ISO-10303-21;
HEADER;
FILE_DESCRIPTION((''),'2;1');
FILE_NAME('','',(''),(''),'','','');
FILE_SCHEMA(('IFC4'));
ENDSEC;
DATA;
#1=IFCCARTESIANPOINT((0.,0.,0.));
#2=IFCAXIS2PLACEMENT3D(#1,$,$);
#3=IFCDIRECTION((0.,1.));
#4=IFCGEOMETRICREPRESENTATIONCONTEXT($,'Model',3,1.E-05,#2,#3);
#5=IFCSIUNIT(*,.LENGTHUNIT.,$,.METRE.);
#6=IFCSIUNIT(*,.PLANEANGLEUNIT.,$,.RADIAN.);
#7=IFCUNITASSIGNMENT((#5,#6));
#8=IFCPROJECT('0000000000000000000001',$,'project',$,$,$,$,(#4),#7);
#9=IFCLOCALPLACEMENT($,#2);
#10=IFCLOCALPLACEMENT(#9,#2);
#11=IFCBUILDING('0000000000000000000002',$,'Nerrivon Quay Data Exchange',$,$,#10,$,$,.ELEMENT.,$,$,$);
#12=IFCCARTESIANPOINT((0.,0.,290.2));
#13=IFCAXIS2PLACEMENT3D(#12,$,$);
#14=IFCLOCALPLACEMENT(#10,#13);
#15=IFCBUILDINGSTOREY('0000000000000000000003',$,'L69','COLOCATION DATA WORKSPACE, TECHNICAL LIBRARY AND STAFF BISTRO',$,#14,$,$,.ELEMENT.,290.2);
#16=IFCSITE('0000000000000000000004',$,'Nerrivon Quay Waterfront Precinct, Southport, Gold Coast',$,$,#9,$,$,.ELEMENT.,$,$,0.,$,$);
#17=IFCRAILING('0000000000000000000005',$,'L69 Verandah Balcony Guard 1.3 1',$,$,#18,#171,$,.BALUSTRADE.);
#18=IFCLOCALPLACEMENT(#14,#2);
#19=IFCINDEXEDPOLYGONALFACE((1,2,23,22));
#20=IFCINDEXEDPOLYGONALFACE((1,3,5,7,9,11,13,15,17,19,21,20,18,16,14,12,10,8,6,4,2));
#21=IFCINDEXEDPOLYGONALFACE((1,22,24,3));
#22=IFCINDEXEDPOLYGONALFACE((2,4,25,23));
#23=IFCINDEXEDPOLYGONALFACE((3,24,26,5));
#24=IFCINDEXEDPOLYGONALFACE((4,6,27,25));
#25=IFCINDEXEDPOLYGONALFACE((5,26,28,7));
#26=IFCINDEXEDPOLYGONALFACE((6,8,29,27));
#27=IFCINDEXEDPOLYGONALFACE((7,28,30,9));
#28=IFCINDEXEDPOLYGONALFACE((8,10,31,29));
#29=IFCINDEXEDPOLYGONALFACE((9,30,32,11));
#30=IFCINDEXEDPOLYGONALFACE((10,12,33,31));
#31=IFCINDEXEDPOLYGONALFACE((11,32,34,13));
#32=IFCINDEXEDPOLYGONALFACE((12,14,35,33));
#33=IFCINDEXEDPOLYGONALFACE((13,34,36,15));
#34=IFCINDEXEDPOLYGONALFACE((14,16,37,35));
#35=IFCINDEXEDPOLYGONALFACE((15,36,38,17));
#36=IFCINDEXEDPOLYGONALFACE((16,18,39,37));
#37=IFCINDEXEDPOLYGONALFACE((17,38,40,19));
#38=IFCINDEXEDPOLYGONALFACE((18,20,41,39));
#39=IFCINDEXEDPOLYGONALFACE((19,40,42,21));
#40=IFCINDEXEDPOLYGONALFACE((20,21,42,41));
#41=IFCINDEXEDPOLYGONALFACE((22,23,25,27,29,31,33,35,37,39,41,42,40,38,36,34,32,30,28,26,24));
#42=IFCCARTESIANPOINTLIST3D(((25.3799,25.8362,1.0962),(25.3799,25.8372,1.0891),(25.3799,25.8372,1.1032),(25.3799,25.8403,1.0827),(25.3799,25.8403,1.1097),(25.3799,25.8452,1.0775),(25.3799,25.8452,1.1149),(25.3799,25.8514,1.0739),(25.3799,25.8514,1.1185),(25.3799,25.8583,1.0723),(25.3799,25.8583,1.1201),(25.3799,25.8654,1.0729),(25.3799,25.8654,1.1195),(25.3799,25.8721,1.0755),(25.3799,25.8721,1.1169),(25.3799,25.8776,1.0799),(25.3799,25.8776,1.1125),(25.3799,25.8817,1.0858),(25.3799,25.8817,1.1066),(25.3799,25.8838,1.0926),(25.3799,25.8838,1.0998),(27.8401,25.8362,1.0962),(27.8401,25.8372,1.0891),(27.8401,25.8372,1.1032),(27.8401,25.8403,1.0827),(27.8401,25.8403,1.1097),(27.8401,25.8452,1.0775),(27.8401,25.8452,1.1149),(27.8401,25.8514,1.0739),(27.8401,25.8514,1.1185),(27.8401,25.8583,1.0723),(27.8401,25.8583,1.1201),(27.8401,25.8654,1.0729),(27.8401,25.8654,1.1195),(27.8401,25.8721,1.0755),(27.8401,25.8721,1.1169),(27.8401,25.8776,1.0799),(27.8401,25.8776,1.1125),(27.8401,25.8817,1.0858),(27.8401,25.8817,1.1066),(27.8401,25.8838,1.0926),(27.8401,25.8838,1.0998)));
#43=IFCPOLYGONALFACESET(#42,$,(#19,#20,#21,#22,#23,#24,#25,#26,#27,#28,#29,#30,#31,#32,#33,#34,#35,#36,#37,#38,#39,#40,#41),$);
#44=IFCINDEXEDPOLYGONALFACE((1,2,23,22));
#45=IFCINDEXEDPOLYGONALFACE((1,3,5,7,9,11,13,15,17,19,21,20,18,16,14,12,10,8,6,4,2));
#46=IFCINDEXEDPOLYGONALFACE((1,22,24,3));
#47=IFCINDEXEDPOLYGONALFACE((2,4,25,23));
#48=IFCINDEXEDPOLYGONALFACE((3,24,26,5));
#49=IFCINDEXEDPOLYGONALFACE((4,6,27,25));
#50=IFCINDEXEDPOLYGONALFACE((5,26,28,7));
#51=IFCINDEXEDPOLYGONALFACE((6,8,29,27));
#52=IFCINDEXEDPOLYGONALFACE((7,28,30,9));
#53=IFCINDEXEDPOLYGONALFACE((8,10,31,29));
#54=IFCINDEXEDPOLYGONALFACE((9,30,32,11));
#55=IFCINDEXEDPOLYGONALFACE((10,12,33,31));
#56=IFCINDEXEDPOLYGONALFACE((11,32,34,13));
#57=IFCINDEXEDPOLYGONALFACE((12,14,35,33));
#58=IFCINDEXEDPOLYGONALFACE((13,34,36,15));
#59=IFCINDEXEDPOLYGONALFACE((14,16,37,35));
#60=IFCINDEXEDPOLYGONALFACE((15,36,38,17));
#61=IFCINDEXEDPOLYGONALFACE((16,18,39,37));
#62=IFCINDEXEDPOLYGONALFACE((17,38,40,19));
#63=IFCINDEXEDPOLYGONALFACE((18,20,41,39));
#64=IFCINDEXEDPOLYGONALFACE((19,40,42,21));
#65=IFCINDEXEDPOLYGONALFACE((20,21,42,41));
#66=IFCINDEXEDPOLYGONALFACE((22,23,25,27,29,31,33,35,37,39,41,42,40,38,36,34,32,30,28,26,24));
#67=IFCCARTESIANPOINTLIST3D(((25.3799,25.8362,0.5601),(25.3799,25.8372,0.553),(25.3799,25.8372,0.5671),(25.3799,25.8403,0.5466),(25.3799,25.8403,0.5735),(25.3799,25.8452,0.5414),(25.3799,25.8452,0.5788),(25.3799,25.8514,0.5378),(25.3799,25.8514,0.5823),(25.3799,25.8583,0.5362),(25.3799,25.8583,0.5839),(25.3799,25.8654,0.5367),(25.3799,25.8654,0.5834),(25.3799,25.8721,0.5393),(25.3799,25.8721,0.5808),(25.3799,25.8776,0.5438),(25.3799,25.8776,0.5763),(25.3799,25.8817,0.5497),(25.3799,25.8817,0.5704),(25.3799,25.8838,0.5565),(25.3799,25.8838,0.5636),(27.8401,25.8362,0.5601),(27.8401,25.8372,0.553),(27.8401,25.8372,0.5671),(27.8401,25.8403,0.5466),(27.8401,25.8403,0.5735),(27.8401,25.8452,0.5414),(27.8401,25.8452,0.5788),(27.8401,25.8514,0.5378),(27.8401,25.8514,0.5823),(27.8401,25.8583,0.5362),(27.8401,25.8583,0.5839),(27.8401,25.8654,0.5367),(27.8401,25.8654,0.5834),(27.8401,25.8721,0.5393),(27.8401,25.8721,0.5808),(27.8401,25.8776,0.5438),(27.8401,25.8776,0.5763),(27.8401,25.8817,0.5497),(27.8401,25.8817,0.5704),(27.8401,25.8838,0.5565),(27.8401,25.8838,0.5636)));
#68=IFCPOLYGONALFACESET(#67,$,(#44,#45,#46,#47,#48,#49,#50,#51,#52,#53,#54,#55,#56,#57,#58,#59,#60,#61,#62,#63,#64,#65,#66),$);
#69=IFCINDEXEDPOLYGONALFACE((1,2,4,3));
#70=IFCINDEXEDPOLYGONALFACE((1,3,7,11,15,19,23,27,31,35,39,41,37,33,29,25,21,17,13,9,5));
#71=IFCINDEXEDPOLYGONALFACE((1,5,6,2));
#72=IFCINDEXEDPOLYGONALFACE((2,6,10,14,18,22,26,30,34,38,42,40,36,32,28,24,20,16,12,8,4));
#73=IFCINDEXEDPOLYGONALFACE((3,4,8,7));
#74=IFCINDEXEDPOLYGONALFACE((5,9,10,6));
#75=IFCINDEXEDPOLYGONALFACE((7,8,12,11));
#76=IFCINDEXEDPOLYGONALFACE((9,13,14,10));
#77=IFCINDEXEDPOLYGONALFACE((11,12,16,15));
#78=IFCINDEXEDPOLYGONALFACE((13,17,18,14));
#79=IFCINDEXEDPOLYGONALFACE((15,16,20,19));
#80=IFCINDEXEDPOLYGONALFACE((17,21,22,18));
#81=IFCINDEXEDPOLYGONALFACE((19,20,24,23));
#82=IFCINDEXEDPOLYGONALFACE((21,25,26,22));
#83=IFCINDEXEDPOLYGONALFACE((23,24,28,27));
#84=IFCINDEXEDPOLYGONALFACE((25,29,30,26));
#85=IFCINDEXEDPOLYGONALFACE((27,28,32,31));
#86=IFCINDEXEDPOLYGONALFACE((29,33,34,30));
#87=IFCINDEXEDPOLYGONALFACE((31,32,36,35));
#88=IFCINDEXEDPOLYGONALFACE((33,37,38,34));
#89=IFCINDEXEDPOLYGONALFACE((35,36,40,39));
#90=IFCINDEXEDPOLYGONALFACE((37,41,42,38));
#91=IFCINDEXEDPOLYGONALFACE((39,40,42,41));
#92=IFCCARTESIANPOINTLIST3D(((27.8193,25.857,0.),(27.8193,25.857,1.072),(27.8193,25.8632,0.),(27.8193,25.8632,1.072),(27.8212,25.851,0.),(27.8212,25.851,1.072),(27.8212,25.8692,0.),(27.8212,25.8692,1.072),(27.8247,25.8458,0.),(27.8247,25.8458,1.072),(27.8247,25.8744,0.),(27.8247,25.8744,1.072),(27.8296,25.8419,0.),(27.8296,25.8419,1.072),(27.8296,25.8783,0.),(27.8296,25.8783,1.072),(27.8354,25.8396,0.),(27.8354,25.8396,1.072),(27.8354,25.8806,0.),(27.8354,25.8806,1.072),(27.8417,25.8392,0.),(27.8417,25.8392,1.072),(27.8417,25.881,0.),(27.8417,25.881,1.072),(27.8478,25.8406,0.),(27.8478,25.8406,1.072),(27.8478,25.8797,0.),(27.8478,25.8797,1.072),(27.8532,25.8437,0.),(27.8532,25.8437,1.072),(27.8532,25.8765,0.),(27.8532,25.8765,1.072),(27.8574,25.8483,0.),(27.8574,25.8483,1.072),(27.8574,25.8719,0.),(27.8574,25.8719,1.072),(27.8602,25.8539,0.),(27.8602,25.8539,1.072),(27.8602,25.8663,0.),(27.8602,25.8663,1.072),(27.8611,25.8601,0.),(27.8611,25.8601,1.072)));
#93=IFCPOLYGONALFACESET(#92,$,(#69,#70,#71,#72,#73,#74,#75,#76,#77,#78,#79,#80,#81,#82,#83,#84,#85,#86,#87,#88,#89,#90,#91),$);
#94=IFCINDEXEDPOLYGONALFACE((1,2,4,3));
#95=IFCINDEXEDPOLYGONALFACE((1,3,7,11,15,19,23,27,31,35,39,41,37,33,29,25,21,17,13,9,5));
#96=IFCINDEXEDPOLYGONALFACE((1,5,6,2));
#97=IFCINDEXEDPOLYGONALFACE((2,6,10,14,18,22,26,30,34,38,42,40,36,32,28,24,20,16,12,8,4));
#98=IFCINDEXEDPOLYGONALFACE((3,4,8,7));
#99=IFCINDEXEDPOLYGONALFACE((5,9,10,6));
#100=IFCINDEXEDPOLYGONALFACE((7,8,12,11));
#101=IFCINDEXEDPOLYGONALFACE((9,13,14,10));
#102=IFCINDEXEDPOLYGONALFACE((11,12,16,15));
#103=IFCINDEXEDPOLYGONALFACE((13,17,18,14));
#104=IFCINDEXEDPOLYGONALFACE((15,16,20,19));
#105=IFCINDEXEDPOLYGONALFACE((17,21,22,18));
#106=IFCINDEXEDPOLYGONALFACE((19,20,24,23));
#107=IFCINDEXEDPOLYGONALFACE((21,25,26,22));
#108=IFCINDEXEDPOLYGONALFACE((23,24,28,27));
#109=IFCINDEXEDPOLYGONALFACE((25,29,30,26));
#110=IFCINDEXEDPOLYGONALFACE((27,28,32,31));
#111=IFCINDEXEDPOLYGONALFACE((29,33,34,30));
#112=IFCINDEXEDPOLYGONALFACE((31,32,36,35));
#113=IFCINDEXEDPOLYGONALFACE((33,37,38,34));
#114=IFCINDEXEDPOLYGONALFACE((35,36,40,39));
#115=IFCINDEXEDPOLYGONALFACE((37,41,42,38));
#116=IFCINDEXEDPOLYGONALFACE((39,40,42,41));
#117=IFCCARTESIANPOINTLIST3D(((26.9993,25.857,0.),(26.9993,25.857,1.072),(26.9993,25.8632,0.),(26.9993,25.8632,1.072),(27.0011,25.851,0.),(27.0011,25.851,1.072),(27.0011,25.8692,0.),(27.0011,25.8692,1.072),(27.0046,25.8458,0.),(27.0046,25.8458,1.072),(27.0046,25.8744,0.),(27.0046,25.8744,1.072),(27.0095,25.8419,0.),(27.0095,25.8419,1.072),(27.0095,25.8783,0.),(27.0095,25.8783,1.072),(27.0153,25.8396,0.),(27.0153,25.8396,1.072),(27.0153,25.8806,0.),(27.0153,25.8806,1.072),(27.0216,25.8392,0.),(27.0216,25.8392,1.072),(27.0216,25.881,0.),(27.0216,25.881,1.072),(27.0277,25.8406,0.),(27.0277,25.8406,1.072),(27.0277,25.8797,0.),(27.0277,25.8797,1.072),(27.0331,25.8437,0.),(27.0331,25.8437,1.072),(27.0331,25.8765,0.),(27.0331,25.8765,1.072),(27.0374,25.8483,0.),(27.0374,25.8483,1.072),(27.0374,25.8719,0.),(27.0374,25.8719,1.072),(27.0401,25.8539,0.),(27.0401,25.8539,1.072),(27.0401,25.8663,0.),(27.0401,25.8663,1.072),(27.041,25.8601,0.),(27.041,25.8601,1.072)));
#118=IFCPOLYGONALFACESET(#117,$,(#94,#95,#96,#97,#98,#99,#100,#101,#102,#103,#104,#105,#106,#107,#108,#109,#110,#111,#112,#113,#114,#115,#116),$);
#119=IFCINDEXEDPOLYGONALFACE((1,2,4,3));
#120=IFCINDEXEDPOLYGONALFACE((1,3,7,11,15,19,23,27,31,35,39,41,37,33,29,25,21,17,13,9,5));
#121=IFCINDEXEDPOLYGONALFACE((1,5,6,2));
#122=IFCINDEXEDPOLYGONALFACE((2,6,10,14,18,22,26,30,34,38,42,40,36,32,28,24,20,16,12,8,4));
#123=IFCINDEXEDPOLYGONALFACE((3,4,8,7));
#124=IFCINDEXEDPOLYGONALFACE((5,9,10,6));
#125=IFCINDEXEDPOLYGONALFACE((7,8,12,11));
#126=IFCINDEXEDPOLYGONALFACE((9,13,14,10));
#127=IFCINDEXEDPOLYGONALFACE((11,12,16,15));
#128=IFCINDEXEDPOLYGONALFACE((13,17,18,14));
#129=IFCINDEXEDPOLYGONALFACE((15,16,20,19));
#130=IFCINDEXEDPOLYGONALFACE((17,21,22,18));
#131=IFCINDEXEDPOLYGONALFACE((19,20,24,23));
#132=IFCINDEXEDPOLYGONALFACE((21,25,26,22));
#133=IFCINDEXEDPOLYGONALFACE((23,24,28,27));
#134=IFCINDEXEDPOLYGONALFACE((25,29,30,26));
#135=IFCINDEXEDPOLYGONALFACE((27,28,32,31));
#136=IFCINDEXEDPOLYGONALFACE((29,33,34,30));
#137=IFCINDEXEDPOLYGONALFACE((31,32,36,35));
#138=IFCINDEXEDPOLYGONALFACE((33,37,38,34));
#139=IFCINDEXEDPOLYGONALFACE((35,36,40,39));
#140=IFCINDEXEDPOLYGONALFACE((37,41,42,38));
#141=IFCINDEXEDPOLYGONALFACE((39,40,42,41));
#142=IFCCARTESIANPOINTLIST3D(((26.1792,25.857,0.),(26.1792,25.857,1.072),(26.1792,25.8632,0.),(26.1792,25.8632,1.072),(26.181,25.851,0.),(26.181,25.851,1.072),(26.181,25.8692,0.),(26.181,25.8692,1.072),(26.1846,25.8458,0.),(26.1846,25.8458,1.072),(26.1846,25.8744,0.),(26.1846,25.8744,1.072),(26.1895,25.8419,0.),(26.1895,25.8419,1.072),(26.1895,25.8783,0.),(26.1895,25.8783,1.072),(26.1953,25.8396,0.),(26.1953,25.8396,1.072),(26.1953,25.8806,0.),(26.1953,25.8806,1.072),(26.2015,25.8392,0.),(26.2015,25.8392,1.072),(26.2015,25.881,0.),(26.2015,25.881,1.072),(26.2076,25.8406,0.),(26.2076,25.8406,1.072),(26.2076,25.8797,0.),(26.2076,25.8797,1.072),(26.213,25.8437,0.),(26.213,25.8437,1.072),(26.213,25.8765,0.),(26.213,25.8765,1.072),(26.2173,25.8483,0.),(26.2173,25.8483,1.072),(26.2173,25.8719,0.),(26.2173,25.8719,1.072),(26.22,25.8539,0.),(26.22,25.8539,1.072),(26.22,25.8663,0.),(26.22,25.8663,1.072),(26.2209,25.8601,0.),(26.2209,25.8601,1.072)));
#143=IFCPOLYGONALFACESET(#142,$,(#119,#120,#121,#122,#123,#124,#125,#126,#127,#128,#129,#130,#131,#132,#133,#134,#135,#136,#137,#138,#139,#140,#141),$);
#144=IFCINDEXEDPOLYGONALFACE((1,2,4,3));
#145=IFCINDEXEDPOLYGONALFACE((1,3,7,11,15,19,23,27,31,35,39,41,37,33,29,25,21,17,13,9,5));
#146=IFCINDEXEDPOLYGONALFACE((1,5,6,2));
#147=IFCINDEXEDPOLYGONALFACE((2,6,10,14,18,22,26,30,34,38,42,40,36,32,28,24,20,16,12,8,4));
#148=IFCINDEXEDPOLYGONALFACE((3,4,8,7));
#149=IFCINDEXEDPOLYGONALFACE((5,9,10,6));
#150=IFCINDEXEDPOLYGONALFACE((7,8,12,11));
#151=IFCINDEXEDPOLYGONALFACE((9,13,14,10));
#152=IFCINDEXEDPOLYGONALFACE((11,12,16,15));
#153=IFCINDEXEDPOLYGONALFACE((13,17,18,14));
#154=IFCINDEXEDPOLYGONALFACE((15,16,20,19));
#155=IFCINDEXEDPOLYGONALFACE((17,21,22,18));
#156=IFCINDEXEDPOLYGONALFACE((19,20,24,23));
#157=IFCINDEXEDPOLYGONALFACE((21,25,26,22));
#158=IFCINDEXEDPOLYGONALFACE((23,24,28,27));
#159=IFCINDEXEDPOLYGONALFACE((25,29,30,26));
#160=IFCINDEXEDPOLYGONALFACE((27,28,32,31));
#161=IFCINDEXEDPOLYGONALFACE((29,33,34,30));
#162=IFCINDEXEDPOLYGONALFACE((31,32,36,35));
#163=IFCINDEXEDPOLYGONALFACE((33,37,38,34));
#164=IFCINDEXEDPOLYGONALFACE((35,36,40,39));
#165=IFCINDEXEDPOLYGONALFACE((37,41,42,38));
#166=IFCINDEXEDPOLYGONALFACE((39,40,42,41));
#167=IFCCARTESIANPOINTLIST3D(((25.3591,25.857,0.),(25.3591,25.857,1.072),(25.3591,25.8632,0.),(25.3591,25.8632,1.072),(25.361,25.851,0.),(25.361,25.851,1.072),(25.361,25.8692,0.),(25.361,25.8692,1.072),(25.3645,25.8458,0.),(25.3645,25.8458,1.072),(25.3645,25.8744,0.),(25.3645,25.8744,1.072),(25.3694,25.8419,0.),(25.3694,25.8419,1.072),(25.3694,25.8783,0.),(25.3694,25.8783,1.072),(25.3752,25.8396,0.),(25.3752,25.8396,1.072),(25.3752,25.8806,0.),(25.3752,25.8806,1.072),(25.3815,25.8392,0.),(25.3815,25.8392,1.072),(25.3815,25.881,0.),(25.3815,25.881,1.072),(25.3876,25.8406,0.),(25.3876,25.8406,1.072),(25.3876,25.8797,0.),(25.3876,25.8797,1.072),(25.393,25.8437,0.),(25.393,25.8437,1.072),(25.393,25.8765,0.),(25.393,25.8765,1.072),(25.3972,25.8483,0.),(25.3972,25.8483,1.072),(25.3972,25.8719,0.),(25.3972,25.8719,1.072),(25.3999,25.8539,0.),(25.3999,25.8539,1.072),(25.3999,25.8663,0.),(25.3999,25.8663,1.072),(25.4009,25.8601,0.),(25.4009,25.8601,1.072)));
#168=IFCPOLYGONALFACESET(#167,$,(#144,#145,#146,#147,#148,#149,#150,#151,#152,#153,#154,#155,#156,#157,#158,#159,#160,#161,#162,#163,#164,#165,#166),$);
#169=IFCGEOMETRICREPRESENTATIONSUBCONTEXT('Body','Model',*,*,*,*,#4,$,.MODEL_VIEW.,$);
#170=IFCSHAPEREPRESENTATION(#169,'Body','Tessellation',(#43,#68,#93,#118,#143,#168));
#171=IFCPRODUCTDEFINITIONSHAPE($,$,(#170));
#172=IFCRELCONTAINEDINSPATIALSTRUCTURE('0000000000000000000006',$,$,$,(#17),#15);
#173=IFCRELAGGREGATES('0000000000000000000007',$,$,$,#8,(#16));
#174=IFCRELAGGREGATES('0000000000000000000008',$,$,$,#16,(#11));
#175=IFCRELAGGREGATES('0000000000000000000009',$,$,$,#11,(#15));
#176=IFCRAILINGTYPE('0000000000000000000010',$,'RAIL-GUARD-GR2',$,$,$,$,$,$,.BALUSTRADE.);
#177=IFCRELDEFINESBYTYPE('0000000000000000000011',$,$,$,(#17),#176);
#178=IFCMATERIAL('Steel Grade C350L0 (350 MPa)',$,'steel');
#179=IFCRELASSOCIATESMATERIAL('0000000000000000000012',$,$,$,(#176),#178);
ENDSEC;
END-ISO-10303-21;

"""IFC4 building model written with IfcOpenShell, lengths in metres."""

from ifc_helpers import new_model, si_unit, direction, frame, origin, origin_2d, place, context, subcontext, project, spatial, circle, extrude, material, type_object, element, save


model = new_model("IFC4")

# Units and contexts
model_context = context("Model", 3, precision=1e-05, world=origin(), true_north=direction((0.0, 1.0)))
body_context = subcontext(model_context, "Body", "Model", "MODEL_VIEW")
ifc_project = project(units=[si_unit("LENGTHUNIT", "METRE"), si_unit("PLANEANGLEUNIT", "RADIAN")], contexts=[model_context])

# Site, building, storey
site_placement = place(None, origin())
site = spatial("IfcSite", under=ifc_project, at=site_placement, Name="Nerrivon Quay Waterfront Precinct, Southport, Gold Coast", CompositionType="ELEMENT", RefElevation=0.0)
building_placement = place(site_placement, origin())
building = spatial("IfcBuilding", under=site, at=building_placement, Name="Nerrivon Quay Data Exchange", CompositionType="ELEMENT")
storey_placement = place(building_placement, frame((0.0, 0.0, 290.2)))
storey = spatial("IfcBuildingStorey", under=building, at=storey_placement, Name="L69", Description="COLOCATION DATA WORKSPACE, TECHNICAL LIBRARY AND STAFF BISTRO", CompositionType="ELEMENT", Elevation=290.2)

# Shared definitions
ifc_material_1 = material(Name="Steel Grade C350L0 (350 MPa)", Category="steel")

# Railing
railing_type = type_object("IfcRailingType", Name="RAIL-GUARD-GR2", PredefinedType="BALUSTRADE", material=ifc_material_1)
railing_placement = place(storey_placement, frame((27.8401, 25.8601, 0.0)))
element("IfcRailing", 1, at=railing_placement, inside=storey, type_object=railing_type, Name="L69 Verandah Balcony Guard 1.3 1", PredefinedType="BALUSTRADE", context=body_context, shape_type="SweptSolid", body=[
    extrude(circle(Radius=0.0239, at=origin_2d()), frame((0.0, 0.0, 1.0962), z_axis=(-1.0, 0.0, 0.0), x_axis=(0.0, -1.0, 0.0)), (0.0, 0.0, 1.0), 2.4602),
    extrude(circle(Radius=0.0239, at=origin_2d()), frame((0.0, 0.0, 0.5601), z_axis=(-1.0, 0.0, 0.0), x_axis=(0.0, -1.0, 0.0)), (0.0, 0.0, 1.0), 2.4602),
    extrude(circle(Radius=0.021, at=origin_2d()), origin(), (0.0, 0.0, 1.0), 1.072),
    extrude(circle(Radius=0.021, at=origin_2d()), frame((-0.8201, 0.0, 0.0)), (0.0, 0.0, 1.0), 1.072),
    extrude(circle(Radius=0.021, at=origin_2d()), frame((-1.6401, 0.0, 0.0)), (0.0, 0.0, 1.0), 1.072),
    extrude(circle(Radius=0.021, at=origin_2d()), frame((-2.4602, 0.0, 0.0)), (0.0, 0.0, 1.0), 1.072),
])

save(model, "model.ifc")
